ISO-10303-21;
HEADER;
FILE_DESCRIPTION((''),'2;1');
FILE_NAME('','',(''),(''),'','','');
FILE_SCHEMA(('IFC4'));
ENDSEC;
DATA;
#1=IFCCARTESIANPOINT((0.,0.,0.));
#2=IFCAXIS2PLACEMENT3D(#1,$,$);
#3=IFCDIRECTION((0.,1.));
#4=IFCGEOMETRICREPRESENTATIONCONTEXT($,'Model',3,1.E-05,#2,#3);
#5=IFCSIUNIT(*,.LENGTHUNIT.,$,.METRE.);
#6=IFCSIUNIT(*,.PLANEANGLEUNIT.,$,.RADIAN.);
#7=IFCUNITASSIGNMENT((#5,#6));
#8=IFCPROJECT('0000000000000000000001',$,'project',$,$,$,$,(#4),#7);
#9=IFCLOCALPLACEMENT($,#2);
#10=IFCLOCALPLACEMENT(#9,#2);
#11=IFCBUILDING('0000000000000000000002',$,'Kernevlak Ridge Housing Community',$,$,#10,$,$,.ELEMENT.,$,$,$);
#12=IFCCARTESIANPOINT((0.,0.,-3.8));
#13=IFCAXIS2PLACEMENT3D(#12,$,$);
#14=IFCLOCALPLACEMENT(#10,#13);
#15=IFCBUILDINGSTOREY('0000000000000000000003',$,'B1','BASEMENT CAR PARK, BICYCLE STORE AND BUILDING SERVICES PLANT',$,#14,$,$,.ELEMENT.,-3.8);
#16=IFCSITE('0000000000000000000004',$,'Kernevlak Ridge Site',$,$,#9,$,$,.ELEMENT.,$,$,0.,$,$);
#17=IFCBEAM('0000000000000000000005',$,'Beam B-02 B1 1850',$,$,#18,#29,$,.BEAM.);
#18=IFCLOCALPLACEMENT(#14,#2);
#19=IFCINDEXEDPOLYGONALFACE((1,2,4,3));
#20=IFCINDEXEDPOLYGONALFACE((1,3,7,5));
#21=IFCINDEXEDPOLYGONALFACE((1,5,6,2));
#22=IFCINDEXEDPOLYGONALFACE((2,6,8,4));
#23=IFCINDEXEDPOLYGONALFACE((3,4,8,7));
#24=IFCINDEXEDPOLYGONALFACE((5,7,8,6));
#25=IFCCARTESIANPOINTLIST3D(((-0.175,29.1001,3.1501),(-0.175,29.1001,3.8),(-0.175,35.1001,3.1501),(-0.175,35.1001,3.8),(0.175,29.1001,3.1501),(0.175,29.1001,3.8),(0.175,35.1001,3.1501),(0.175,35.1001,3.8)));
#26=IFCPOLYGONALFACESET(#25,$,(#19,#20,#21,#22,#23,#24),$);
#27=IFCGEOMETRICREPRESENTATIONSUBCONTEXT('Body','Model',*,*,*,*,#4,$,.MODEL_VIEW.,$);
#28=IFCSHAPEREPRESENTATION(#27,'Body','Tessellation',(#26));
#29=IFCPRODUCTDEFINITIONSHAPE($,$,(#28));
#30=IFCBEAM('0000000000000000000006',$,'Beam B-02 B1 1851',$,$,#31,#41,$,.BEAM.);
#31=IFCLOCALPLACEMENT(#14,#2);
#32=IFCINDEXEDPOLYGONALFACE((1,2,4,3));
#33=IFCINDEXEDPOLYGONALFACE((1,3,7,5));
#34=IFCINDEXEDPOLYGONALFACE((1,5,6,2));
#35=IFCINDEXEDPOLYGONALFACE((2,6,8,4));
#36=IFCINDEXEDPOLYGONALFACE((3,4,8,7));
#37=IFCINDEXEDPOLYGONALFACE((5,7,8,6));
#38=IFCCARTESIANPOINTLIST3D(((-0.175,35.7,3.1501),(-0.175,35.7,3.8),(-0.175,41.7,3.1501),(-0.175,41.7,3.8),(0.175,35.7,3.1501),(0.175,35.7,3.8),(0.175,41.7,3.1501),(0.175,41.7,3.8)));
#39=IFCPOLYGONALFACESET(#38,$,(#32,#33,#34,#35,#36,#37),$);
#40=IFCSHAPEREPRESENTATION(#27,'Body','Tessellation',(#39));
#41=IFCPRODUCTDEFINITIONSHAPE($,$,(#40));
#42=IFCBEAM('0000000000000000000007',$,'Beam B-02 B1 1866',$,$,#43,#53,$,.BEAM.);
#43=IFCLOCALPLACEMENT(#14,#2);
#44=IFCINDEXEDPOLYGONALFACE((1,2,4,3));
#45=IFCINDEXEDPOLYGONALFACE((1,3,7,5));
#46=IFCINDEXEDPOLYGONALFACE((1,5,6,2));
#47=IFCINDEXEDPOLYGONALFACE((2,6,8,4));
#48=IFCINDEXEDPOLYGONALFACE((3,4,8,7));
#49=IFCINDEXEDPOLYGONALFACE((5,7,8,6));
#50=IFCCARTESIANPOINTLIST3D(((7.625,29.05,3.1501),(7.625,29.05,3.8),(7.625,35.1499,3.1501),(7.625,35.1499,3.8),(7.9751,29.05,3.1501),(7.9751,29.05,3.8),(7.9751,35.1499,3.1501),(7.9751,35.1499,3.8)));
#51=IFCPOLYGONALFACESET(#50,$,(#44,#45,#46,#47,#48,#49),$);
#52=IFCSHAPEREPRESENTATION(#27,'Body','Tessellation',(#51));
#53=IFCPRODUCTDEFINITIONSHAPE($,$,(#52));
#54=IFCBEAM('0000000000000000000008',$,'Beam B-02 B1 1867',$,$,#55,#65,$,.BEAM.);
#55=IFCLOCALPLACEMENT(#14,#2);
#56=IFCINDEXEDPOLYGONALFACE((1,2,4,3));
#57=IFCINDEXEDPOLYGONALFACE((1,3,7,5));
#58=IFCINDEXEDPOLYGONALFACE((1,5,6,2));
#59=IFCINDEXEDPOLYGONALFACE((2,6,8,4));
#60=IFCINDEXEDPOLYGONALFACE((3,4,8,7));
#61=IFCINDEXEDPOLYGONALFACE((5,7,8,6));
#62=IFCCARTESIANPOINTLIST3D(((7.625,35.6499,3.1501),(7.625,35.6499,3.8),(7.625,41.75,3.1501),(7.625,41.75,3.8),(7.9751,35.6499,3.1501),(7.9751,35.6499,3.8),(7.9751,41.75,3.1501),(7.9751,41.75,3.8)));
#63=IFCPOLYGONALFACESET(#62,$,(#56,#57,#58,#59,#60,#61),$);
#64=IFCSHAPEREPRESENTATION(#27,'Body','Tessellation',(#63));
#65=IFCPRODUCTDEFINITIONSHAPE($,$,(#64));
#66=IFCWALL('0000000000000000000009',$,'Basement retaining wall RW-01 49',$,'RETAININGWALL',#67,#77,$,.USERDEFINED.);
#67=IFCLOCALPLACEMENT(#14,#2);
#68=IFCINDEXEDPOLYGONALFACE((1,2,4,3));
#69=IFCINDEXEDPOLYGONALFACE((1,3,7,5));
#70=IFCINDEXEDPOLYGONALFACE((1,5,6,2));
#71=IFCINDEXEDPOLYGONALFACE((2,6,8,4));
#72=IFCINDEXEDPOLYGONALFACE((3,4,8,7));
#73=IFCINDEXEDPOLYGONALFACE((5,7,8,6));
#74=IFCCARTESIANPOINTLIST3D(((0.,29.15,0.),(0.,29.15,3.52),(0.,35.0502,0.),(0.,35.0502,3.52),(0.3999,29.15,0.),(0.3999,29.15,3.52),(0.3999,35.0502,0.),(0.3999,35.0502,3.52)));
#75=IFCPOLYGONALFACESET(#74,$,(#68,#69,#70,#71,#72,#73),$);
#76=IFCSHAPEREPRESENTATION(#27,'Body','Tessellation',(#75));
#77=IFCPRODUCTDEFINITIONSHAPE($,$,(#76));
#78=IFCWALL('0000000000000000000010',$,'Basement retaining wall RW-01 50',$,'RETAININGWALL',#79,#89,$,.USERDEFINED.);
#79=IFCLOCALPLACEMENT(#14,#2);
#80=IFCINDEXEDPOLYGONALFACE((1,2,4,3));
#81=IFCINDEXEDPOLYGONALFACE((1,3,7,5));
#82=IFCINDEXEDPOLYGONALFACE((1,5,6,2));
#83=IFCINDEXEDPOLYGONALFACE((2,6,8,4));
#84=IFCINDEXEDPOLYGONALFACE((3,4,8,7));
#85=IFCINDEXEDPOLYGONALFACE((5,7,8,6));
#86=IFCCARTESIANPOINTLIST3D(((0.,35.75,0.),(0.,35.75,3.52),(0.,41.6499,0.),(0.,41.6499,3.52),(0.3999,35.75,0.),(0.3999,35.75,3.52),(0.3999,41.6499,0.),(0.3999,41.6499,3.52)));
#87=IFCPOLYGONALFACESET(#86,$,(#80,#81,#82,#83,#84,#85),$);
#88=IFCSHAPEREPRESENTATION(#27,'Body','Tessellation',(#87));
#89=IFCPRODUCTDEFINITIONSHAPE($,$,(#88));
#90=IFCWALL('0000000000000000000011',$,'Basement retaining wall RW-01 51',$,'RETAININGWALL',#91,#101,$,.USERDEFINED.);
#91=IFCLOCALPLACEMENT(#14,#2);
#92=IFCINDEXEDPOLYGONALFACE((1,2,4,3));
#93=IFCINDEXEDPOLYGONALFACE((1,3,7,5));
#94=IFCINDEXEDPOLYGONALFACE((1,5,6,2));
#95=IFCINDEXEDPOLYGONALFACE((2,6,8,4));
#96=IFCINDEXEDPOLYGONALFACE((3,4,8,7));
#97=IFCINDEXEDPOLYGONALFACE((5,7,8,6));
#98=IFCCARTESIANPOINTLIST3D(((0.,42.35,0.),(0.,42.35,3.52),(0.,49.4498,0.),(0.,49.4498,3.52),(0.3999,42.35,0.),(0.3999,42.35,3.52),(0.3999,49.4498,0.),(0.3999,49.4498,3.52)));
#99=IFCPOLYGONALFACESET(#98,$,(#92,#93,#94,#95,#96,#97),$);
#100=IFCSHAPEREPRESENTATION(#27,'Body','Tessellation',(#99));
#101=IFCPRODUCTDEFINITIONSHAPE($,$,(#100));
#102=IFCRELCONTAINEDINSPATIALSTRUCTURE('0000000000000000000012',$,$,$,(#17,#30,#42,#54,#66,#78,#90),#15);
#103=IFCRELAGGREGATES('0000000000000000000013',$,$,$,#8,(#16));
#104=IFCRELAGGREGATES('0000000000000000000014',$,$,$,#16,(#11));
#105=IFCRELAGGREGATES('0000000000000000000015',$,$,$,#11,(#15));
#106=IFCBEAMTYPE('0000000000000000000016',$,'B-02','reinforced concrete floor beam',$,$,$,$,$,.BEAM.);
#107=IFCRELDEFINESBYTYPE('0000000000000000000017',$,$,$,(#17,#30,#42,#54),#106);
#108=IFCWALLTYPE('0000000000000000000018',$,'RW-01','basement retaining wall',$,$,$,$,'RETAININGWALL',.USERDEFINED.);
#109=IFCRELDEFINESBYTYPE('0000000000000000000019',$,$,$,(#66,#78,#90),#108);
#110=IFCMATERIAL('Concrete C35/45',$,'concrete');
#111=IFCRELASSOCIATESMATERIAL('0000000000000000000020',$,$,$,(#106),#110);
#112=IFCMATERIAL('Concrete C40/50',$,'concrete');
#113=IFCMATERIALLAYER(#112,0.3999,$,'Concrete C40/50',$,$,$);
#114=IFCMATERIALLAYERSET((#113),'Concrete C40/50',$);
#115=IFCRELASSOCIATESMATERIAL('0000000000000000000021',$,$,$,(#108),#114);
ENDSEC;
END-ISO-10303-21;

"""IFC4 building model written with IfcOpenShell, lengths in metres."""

from ifc_helpers import new_model, si_unit, direction, frame, frame_2d, origin, origin_2d, place, context, subcontext, project, spatial, rectangle, extrude, material, layer, layer_set, material_profile, profile_set, type_object, element, save


model = new_model("IFC4")

# Units and contexts
model_context = context("Model", 3, precision=1e-05, world=origin(), true_north=direction((0.0, 1.0)))
body_context = subcontext(model_context, "Body", "Model", "MODEL_VIEW")
ifc_project = project(units=[si_unit("LENGTHUNIT", "METRE"), si_unit("PLANEANGLEUNIT", "RADIAN")], contexts=[model_context])

# Site, building, storey
site_placement = place(None, origin())
site = spatial("IfcSite", under=ifc_project, at=site_placement, Name="Kernevlak Ridge Site", CompositionType="ELEMENT", RefElevation=0.0)
building_placement = place(site_placement, origin())
building = spatial("IfcBuilding", under=site, at=building_placement, Name="Kernevlak Ridge Housing Community", CompositionType="ELEMENT")
storey_placement = place(building_placement, frame((0.0, 0.0, -3.8)))
storey = spatial("IfcBuildingStorey", under=building, at=storey_placement, Name="B1", Description="BASEMENT CAR PARK, BICYCLE STORE AND BUILDING SERVICES PLANT", CompositionType="ELEMENT", Elevation=-3.8)

# Shared definitions
ifc_material_1 = material(Name="Concrete C35/45", Category="concrete")

# Shared definitions
ifc_material_2 = material(Name="Concrete C40/50", Category="concrete")

# Beams
ifc_material_profile_1 = material_profile(ifc_material_1, rectangle(XDim=0.3501, YDim=0.6499, at=origin_2d()), Name="RC 350x650")
ifc_profile_set_1 = profile_set([ifc_material_profile_1], Name="Concrete C35/45")
beam_type_1 = type_object("IfcBeamType", Name="B-02", Description="reinforced concrete floor beam", PredefinedType="BEAM", material=ifc_profile_set_1)
for number, where, z_axis, x_axis, name in (
    (1, (0.0, 29.1001, 3.4751), (0.0, 1.0, 0.0), (-1.0, 0.0, 0.0), "Beam B-02 B1 1850"),
    (2, (0.0, 35.7, 3.4751), (0.0, 1.0, 0.0), (-1.0, 0.0, 0.0), "Beam B-02 B1 1851"),
):
    element("IfcBeam", number, at=place(storey_placement, frame(where, z_axis=z_axis, x_axis=x_axis)), inside=storey, type_object=beam_type_1, Name=name, PredefinedType="BEAM", context=body_context, shape_type="SweptSolid", body=[
        extrude(rectangle(XDim=0.3501, YDim=0.6499, at=origin_2d()), origin(), (0.0, 0.0, 1.0), 6.0),
    ])
beam_1_placement = place(storey_placement, frame((7.8, 29.05, 3.4751), z_axis=(0.0, 1.0, 0.0), x_axis=(-1.0, 0.0, 0.0)))
element("IfcBeam", 3, at=beam_1_placement, inside=storey, type_object=beam_type_1, Name="Beam B-02 B1 1866", PredefinedType="BEAM", context=body_context, shape_type="SweptSolid", body=[
    extrude(rectangle(XDim=0.3501, YDim=0.6499, at=origin_2d()), origin(), (0.0, 0.0, 1.0), 6.0999),
])
beam_2_placement = place(storey_placement, frame((7.8, 35.6499, 3.4751), z_axis=(0.0, 1.0, 0.0), x_axis=(-1.0, 0.0, 0.0)))
element("IfcBeam", 4, at=beam_2_placement, inside=storey, type_object=beam_type_1, Name="Beam B-02 B1 1867", PredefinedType="BEAM", context=body_context, shape_type="SweptSolid", body=[
    extrude(rectangle(XDim=0.3501, YDim=0.6499, at=origin_2d()), origin(), (0.0, 0.0, 1.0), 6.1001),
])

# Walls
ifc_layer = layer(ifc_material_2, 0.3999, Name="Concrete C40/50")
ifc_layer_set = layer_set([ifc_layer], Name="Concrete C40/50")
wall_type = type_object("IfcWallType", Name="RW-01", Description="basement retaining wall", ElementType="RETAININGWALL", PredefinedType="USERDEFINED", material=ifc_layer_set)
wall_1_placement = place(storey_placement, frame((0.2, 29.1499, 0.0), z_axis=(0.0, 0.0, 1.0), x_axis=(0.0, 1.0, 0.0)))
element("IfcWall", 5, at=wall_1_placement, inside=storey, type_object=wall_type, Name="Basement retaining wall RW-01 49", ObjectType="RETAININGWALL", PredefinedType="USERDEFINED", context=body_context, shape_type="SweptSolid", body=[
    extrude(rectangle(XDim=5.9001, YDim=0.3999, at=frame_2d((2.9502, 0.0))), origin(), (0.0, 0.0, 1.0), 3.52),
])
wall_2_placement = place(storey_placement, frame((0.2, 35.75, 0.0), z_axis=(0.0, 0.0, 1.0), x_axis=(0.0, 1.0, 0.0)))
element("IfcWall", 6, at=wall_2_placement, inside=storey, type_object=wall_type, Name="Basement retaining wall RW-01 50", ObjectType="RETAININGWALL", PredefinedType="USERDEFINED", context=body_context, shape_type="SweptSolid", body=[
    extrude(rectangle(XDim=5.8999, YDim=0.3999, at=frame_2d((2.95, 0.0))), origin(), (0.0, 0.0, 1.0), 3.52),
])
wall_3_placement = place(storey_placement, frame((0.2, 42.3501, 0.0), z_axis=(0.0, 0.0, 1.0), x_axis=(0.0, 1.0, 0.0)))
element("IfcWall", 7, at=wall_3_placement, inside=storey, type_object=wall_type, Name="Basement retaining wall RW-01 51", ObjectType="RETAININGWALL", PredefinedType="USERDEFINED", context=body_context, shape_type="SweptSolid", body=[
    extrude(rectangle(XDim=7.0999, YDim=0.3999, at=frame_2d((3.5498, 0.0))), origin(), (0.0, 0.0, 1.0), 3.52),
])

save(model, "model.ifc")
